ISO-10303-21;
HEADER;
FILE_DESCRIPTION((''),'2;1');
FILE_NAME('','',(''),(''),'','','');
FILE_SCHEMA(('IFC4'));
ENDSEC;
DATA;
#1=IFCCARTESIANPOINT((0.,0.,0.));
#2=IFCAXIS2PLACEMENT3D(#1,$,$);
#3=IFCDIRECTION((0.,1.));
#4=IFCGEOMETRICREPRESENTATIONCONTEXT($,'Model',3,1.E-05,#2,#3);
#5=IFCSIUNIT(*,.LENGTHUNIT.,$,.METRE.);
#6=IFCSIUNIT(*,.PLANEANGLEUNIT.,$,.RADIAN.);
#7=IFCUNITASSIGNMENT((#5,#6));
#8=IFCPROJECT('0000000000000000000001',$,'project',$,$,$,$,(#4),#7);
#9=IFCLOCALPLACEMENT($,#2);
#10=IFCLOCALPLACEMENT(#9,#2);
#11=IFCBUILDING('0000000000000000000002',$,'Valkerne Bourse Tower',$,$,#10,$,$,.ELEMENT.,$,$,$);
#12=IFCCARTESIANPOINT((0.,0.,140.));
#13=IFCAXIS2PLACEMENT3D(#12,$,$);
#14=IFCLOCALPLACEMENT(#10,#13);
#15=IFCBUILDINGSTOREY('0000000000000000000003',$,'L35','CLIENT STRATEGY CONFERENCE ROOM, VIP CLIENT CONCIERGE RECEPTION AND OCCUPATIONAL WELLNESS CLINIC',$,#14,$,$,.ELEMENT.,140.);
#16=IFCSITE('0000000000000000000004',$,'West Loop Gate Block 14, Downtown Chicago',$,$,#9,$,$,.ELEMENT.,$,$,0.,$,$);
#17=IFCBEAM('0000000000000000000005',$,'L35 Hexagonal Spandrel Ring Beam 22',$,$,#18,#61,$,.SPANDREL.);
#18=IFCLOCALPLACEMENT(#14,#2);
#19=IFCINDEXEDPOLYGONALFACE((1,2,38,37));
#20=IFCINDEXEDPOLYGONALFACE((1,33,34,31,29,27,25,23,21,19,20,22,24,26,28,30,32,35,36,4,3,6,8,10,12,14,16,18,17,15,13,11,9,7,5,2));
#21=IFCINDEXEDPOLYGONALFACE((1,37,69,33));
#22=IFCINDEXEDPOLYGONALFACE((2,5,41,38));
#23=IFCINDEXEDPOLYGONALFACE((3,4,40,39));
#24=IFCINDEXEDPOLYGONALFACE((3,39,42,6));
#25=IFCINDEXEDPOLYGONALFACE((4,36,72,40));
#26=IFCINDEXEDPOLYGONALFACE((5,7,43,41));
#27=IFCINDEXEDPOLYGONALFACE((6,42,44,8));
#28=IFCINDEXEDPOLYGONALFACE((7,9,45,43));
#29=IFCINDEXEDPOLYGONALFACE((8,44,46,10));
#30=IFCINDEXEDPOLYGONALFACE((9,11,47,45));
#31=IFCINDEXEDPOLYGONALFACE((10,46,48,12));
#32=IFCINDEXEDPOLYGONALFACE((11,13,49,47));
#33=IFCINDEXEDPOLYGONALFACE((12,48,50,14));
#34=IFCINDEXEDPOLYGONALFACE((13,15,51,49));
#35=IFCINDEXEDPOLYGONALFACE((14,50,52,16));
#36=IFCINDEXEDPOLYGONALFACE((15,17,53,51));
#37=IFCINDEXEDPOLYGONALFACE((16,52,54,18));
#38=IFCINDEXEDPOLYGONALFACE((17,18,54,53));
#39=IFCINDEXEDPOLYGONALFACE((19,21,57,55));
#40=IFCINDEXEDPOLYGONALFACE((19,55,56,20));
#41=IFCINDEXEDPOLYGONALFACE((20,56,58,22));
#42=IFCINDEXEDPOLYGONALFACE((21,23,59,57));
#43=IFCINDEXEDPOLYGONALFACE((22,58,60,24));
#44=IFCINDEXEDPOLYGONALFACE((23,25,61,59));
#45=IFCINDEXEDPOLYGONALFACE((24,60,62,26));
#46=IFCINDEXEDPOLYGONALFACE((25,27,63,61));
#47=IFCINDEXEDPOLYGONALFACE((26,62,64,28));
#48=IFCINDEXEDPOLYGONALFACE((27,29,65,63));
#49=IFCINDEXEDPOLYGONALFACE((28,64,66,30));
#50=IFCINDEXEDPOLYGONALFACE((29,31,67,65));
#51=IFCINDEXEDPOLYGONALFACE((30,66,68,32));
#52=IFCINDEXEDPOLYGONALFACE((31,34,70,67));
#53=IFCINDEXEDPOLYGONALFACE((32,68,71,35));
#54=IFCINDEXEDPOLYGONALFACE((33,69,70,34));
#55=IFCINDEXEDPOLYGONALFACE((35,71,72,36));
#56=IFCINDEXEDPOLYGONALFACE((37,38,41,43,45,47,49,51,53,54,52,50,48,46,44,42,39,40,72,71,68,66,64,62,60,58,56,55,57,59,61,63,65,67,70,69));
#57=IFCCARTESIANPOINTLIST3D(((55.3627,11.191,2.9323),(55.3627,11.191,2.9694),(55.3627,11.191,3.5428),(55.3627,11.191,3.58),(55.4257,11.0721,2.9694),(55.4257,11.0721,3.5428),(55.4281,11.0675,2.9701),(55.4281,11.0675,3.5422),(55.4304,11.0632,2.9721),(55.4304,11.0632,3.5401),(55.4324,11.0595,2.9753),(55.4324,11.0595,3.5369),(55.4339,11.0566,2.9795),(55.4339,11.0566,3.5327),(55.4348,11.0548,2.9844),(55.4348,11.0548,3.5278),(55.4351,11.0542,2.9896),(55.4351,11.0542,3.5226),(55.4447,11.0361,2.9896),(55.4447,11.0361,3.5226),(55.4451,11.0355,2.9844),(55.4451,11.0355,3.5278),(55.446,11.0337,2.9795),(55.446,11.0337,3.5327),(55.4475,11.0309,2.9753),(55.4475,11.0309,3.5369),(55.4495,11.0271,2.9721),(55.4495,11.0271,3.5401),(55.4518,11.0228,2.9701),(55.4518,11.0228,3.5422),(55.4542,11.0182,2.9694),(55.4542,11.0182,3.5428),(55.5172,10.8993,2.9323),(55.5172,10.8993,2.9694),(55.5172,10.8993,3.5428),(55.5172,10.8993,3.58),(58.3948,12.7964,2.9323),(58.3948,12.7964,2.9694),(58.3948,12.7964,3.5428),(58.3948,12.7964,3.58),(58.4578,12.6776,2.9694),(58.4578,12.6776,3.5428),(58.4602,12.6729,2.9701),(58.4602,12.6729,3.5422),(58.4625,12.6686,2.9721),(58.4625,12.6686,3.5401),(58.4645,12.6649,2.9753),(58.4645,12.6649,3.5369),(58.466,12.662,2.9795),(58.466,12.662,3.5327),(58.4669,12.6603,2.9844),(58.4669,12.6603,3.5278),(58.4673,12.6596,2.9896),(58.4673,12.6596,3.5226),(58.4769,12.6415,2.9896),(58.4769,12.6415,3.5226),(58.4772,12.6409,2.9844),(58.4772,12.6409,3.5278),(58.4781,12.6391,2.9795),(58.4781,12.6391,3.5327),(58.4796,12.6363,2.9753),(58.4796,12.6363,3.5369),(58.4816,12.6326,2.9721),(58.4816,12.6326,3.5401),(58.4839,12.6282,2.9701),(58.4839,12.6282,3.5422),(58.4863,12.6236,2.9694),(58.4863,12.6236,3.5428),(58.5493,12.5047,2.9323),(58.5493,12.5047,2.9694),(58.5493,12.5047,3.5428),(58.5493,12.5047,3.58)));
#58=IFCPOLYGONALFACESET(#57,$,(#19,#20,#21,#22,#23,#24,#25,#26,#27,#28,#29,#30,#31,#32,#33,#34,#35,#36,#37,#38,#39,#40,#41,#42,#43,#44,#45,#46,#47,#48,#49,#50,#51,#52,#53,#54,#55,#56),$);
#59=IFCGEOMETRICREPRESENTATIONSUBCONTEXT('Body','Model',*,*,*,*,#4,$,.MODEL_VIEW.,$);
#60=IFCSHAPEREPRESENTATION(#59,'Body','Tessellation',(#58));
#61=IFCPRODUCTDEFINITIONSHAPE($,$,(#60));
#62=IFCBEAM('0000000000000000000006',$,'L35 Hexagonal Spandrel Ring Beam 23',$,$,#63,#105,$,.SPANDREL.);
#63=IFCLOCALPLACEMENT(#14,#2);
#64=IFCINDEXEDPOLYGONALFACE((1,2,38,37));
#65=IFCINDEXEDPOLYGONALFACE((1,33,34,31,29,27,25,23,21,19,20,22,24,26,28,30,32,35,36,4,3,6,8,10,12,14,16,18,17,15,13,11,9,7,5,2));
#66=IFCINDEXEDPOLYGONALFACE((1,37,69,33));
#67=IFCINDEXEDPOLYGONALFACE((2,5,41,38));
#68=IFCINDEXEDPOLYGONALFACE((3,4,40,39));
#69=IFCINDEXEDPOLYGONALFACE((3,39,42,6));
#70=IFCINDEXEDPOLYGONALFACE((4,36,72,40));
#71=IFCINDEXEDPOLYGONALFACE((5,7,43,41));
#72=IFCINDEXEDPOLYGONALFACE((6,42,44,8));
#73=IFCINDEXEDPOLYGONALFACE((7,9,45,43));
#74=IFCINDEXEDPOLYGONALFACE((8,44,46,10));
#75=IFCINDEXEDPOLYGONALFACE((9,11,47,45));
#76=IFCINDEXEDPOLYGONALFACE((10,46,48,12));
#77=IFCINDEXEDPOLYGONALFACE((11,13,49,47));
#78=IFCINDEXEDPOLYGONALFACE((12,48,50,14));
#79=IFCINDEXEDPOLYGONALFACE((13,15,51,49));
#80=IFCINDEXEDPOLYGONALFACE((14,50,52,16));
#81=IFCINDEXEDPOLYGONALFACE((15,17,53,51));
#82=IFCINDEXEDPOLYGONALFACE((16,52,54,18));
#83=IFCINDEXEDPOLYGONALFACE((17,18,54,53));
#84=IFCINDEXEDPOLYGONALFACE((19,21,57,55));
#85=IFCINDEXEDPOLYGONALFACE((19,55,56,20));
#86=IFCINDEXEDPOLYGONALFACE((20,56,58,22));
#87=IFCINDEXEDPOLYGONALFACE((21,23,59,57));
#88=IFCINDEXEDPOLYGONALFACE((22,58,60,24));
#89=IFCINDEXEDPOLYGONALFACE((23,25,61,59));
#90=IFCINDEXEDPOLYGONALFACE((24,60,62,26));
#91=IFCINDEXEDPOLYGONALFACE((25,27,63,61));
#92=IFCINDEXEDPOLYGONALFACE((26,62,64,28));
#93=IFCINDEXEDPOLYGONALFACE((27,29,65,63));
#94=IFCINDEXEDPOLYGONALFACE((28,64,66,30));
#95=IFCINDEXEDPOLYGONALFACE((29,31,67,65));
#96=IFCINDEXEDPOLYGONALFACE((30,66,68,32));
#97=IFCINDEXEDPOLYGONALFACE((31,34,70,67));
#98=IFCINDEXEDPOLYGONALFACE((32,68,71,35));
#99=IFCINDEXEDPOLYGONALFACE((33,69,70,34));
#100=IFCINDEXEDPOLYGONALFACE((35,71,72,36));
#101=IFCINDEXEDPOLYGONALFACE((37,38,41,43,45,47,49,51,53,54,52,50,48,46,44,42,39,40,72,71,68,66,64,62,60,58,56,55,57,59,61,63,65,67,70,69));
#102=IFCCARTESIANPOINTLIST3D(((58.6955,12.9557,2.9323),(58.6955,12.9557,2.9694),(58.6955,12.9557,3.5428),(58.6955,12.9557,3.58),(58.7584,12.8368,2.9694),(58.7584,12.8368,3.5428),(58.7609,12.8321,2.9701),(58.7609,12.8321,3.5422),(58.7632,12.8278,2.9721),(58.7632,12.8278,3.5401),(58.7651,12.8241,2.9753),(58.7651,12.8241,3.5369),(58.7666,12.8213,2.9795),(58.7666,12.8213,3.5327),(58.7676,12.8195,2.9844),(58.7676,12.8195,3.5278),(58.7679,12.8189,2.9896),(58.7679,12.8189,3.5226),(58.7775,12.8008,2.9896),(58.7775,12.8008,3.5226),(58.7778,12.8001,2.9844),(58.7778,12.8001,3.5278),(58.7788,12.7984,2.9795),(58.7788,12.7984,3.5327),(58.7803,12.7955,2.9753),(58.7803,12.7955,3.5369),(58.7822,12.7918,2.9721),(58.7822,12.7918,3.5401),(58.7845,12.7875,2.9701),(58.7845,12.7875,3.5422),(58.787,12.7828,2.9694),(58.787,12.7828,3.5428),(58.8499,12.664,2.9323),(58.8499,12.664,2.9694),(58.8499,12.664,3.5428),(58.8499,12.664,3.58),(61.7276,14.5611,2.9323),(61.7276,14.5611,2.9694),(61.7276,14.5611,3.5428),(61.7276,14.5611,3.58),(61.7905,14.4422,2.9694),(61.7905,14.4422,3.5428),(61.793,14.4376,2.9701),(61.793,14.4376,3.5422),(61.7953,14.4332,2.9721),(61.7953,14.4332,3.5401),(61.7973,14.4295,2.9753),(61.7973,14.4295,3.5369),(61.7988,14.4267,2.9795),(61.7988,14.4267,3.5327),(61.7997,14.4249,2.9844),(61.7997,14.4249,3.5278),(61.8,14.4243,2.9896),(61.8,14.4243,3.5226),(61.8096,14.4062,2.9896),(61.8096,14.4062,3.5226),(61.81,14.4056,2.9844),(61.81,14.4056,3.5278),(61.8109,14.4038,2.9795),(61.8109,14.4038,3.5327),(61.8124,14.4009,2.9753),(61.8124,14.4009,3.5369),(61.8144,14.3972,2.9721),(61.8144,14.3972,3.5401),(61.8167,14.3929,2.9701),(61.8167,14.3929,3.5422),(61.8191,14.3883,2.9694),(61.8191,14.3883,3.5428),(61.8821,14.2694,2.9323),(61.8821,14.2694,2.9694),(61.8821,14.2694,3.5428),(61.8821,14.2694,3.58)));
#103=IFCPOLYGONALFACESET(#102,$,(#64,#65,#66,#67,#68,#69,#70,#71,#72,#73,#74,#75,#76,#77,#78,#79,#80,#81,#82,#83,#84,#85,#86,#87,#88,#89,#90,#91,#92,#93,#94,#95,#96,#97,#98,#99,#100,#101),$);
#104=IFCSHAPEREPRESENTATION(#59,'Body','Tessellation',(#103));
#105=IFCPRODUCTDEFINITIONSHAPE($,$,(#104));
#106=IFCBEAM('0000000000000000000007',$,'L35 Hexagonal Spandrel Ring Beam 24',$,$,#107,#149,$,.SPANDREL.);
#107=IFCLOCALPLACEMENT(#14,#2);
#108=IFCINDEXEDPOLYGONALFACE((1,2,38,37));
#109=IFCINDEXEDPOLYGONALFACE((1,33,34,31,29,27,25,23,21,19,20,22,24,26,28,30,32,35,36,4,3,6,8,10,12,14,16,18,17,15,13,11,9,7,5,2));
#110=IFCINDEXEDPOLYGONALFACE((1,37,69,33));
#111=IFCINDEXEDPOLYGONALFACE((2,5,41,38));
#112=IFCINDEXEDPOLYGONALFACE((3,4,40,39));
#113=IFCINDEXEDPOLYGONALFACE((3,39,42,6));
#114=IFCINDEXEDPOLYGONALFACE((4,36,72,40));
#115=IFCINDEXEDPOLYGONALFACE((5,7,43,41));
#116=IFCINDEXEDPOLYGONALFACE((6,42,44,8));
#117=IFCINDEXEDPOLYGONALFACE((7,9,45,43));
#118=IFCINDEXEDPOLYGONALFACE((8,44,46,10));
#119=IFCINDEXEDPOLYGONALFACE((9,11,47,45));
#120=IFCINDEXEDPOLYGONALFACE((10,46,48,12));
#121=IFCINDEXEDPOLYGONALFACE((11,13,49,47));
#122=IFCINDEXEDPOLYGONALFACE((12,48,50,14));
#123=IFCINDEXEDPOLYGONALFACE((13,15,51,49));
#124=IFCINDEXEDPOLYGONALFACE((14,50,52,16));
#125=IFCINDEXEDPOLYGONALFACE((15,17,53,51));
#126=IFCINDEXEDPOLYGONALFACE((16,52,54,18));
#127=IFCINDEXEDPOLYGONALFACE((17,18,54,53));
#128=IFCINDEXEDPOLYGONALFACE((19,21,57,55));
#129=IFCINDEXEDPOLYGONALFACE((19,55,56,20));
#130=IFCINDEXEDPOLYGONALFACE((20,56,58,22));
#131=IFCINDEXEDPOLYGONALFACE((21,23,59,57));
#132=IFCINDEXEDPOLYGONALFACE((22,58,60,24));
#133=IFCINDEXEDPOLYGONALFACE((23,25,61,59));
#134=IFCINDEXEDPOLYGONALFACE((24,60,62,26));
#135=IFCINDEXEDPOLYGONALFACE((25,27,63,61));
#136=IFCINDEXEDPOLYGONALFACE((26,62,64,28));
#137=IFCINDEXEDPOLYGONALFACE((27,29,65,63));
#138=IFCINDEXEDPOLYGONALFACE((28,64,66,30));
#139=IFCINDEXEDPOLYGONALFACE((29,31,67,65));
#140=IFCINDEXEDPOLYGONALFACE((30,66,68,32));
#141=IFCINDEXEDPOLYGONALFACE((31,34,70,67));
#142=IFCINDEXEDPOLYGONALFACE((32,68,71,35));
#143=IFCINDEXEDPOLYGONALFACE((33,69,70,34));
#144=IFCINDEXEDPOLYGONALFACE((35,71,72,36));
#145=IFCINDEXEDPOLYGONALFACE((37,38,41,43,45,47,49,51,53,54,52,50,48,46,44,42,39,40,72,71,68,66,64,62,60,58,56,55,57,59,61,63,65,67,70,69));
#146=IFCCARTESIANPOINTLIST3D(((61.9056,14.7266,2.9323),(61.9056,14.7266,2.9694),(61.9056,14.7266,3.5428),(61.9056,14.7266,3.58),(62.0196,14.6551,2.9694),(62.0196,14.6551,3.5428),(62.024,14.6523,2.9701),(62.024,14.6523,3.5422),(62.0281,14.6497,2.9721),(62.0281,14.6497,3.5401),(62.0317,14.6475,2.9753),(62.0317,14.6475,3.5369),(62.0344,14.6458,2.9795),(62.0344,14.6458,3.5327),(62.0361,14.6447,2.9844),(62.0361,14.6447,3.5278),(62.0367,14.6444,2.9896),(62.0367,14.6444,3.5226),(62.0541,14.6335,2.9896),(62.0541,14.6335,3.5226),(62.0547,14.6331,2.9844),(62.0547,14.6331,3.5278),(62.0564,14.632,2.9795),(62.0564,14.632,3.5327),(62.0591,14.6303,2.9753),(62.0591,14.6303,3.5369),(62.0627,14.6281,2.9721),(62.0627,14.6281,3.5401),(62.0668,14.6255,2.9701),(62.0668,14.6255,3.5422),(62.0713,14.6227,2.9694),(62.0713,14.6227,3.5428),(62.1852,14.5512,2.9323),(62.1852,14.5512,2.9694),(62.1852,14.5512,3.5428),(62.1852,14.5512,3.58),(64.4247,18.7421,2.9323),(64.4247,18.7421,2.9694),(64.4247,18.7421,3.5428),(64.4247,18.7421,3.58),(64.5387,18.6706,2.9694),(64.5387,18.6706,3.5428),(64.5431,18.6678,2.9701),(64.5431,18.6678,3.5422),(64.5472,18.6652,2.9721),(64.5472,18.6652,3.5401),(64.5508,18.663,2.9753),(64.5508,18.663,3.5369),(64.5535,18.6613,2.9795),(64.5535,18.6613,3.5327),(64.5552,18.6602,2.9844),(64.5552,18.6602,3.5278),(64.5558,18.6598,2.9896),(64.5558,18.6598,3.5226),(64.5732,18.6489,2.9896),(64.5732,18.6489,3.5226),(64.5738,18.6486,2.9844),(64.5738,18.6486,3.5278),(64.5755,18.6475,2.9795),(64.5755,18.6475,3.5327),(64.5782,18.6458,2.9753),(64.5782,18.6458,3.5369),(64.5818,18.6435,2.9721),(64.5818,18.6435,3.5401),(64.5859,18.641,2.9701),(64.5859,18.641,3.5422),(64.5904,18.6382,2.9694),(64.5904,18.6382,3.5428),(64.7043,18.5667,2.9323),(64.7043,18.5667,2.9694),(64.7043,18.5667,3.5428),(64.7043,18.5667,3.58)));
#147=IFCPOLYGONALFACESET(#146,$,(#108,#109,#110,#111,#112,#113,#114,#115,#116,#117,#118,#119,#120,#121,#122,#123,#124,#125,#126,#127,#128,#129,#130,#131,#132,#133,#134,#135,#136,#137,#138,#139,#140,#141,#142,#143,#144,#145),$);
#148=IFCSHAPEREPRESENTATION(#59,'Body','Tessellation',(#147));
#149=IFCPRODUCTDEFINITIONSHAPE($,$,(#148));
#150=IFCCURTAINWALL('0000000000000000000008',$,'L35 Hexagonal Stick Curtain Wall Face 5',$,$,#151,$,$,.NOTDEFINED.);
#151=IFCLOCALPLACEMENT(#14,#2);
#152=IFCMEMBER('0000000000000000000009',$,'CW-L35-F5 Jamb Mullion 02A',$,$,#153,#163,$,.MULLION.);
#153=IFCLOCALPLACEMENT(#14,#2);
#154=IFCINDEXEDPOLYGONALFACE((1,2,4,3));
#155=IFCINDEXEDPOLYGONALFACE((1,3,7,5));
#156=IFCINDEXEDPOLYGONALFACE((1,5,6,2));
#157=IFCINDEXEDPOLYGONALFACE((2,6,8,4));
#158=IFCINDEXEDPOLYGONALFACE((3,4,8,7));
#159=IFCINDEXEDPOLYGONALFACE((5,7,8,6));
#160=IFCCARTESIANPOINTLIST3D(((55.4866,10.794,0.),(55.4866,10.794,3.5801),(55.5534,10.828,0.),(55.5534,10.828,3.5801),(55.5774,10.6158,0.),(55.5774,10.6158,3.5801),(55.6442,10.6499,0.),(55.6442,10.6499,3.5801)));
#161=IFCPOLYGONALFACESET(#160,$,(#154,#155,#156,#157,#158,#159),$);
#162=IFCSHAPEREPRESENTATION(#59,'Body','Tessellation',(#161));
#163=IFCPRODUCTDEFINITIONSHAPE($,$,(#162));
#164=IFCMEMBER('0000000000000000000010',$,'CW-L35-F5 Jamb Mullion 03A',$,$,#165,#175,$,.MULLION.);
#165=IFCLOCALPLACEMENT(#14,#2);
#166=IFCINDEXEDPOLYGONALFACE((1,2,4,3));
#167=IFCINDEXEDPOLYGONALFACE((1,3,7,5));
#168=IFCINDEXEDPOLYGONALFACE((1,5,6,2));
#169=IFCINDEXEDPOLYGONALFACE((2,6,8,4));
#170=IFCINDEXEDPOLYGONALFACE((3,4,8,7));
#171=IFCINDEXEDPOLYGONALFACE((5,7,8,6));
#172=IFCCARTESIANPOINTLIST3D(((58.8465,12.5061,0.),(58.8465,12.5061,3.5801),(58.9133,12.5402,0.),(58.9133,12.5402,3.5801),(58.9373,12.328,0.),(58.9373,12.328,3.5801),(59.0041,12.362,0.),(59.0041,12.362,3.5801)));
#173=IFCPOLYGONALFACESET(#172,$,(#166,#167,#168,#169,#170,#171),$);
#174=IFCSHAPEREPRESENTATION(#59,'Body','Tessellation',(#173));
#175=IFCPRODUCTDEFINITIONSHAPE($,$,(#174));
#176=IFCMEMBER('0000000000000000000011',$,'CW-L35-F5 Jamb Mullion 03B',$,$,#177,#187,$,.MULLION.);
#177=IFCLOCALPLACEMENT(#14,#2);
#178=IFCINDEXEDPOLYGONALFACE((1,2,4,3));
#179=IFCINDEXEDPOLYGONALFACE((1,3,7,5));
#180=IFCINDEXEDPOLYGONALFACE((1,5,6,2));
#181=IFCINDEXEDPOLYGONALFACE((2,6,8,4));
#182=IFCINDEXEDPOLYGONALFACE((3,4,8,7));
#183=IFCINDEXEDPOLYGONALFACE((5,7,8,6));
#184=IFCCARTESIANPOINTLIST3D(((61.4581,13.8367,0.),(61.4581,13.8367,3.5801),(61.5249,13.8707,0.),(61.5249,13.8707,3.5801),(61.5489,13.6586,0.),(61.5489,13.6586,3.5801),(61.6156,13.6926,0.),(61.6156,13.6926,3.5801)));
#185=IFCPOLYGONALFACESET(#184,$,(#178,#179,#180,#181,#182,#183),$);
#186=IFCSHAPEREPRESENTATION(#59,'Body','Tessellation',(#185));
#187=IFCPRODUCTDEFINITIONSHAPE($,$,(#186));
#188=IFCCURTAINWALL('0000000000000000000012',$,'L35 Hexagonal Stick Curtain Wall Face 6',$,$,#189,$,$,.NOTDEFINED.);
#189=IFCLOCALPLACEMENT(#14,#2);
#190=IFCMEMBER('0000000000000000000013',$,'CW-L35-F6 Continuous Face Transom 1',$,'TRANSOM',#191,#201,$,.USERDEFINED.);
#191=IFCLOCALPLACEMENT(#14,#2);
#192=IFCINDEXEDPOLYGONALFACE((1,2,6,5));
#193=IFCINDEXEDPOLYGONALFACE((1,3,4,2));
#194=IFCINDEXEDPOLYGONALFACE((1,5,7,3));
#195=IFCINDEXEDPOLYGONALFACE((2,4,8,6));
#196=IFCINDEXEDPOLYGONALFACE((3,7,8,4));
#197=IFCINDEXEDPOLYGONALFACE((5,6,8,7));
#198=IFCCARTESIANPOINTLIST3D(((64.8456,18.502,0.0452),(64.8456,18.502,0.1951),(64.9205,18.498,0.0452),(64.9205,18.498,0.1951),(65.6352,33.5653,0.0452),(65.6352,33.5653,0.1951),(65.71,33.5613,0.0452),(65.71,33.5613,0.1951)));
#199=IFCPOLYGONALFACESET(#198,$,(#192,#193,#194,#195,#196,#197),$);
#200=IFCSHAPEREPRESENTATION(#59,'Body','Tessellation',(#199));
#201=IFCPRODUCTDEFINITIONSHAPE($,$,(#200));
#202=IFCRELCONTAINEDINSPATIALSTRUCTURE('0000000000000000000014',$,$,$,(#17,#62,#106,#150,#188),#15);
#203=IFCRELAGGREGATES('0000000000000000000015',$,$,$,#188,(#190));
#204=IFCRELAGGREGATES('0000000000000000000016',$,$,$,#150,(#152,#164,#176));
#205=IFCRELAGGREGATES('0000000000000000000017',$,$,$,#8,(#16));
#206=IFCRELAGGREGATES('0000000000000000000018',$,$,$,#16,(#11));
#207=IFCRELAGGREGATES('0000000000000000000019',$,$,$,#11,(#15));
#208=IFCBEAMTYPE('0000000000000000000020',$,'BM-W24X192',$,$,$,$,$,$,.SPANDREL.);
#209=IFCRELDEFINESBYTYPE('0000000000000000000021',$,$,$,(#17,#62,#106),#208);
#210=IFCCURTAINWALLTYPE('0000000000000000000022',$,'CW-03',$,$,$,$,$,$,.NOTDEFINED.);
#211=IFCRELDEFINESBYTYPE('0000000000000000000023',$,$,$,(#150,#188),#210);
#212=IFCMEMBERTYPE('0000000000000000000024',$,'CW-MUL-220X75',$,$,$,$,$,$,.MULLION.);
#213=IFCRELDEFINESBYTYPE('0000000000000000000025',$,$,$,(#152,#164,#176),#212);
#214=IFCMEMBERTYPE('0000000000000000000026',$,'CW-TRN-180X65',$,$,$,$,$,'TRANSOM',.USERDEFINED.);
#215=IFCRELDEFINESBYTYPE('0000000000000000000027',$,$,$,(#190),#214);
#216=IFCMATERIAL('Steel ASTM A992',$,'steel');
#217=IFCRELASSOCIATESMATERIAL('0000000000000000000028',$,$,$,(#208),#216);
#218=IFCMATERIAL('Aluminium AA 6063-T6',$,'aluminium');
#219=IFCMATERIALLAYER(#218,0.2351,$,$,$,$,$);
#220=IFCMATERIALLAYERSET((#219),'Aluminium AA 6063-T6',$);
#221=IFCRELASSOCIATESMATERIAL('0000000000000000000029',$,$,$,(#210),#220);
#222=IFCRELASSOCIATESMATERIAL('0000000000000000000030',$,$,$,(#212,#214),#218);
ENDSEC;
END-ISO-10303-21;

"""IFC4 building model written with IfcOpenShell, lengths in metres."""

from ifc_helpers import new_model, si_unit, direction, frame, origin, origin_2d, place, context, subcontext, project, spatial, rectangle, i_section, extrude, material, layer, layer_set, material_profile, profile_set, type_object, element, aggregate, save


model = new_model("IFC4")

# Units and contexts
model_context = context("Model", 3, precision=1e-05, world=origin(), true_north=direction((0.0, 1.0)))
body_context = subcontext(model_context, "Body", "Model", "MODEL_VIEW")
ifc_project = project(units=[si_unit("LENGTHUNIT", "METRE"), si_unit("PLANEANGLEUNIT", "RADIAN")], contexts=[model_context])

# Site, building, storey
site_placement = place(None, origin())
site = spatial("IfcSite", under=ifc_project, at=site_placement, Name="West Loop Gate Block 14, Downtown Chicago", CompositionType="ELEMENT", RefElevation=0.0)
building_placement = place(site_placement, origin())
building = spatial("IfcBuilding", under=site, at=building_placement, Name="Valkerne Bourse Tower", CompositionType="ELEMENT")
storey_placement = place(building_placement, frame((0.0, 0.0, 140.0)))
storey = spatial("IfcBuildingStorey", under=building, at=storey_placement, Name="L35", Description="CLIENT STRATEGY CONFERENCE ROOM, VIP CLIENT CONCIERGE RECEPTION AND OCCUPATIONAL WELLNESS CLINIC", CompositionType="ELEMENT", Elevation=140.0)

# Beams
ifc_material_1 = material(Name="Steel ASTM A992", Category="steel")
ifc_material_profile_1 = material_profile(ifc_material_1, i_section(OverallWidth=0.3301, OverallDepth=0.6477, WebThickness=0.0205, FlangeThickness=0.0371, FilletRadius=0.0203, at=origin_2d()), Name="W24X192")
ifc_profile_set_1 = profile_set([ifc_material_profile_1], Name="Steel ASTM A992")
beam_type = type_object("IfcBeamType", Name="BM-W24X192", PredefinedType="SPANDREL", material=ifc_profile_set_1)
for number, where, z_axis, x_axis, name in (
    (1, (55.4399, 11.0452, 3.2561), (0.883767, 0.467927, 0.0), (-0.467927, 0.883767, 0.0), "L35 Hexagonal Spandrel Ring Beam 22"),
    (2, (58.7727, 12.8098, 3.2561), (0.883767, 0.467927, 0.0), (-0.467927, 0.883767, 0.0), "L35 Hexagonal Spandrel Ring Beam 23"),
):
    element("IfcBeam", number, at=place(storey_placement, frame(where, z_axis=z_axis, x_axis=x_axis)), inside=storey, type_object=beam_type, Name=name, PredefinedType="SPANDREL", context=body_context, shape_type="SweptSolid", body=[
        extrude(i_section(OverallWidth=0.3301, OverallDepth=0.6477, WebThickness=0.0205, FlangeThickness=0.0371, FilletRadius=0.0203, at=origin_2d()), origin(), (0.0, 0.0, 1.0), 3.4309),
    ])
beam_placement = place(storey_placement, frame((62.0454, 14.6389, 3.2561), z_axis=(0.531429, 0.847103, 0.0), x_axis=(-0.847103, 0.531429, 0.0)))
element("IfcBeam", 3, at=beam_placement, inside=storey, type_object=beam_type, Name="L35 Hexagonal Spandrel Ring Beam 24", PredefinedType="SPANDREL", context=body_context, shape_type="SweptSolid", body=[
    extrude(i_section(OverallWidth=0.3301, OverallDepth=0.6477, WebThickness=0.0205, FlangeThickness=0.0371, FilletRadius=0.0203, at=origin_2d()), origin(), (0.0, 0.0, 1.0), 4.7402),
])

# Curtain walls, members
ifc_material_2 = material(Name="Aluminium AA 6063-T6", Category="aluminium")
ifc_layer_1 = layer(ifc_material_2, 0.2351)
ifc_layer_set_1 = layer_set([ifc_layer_1], Name="Aluminium AA 6063-T6")
curtain_wall_type = type_object("IfcCurtainWallType", Name="CW-03", PredefinedType="NOTDEFINED", material=ifc_layer_set_1)
curtain_wall_1_placement = place(storey_placement, origin())
curtain_wall_1 = element("IfcCurtainWall", 4, at=curtain_wall_1_placement, inside=storey, type_object=curtain_wall_type, Name="L35 Hexagonal Stick Curtain Wall Face 5", PredefinedType="NOTDEFINED")
ifc_material_profile_2 = material_profile(ifc_material_2, rectangle(XDim=0.075, YDim=0.2, at=origin_2d()), Name="CWM-75X200")
ifc_profile_set_2 = profile_set([ifc_material_profile_2], Name="Aluminium AA 6063-T6")
member_type_1 = type_object("IfcMemberType", Name="CW-MUL-220X75", PredefinedType="MULLION", material=ifc_profile_set_2)
member_1_placement = place(storey_placement, frame((55.5654, 10.7219, 0.0), z_axis=(0.0, 0.0, 1.0), x_axis=(0.891002, 0.454, 0.0)))
member_1 = element("IfcMember", 5, at=member_1_placement, type_object=member_type_1, Name="CW-L35-F5 Jamb Mullion 02A", PredefinedType="MULLION", context=body_context, shape_type="SweptSolid", body=[
    extrude(rectangle(XDim=0.075, YDim=0.2, at=origin_2d()), origin(), (0.0, 0.0, 1.0), 3.5801),
])
member_2_placement = place(storey_placement, frame((58.9253, 12.4341, 0.0), z_axis=(0.0, 0.0, 1.0), x_axis=(0.891007, 0.453989, 0.0)))
member_2 = element("IfcMember", 6, at=member_2_placement, type_object=member_type_1, Name="CW-L35-F5 Jamb Mullion 03A", PredefinedType="MULLION", context=body_context, shape_type="SweptSolid", body=[
    extrude(rectangle(XDim=0.075, YDim=0.2, at=origin_2d()), origin(), (0.0, 0.0, 1.0), 3.5801),
])
member_3_placement = place(storey_placement, frame((61.5369, 13.7646, 0.0), z_axis=(0.0, 0.0, 1.0), x_axis=(0.891007, 0.453989, 0.0)))
member_3 = element("IfcMember", 7, at=member_3_placement, type_object=member_type_1, Name="CW-L35-F5 Jamb Mullion 03B", PredefinedType="MULLION", context=body_context, shape_type="SweptSolid", body=[
    extrude(rectangle(XDim=0.075, YDim=0.2, at=origin_2d()), origin(), (0.0, 0.0, 1.0), 3.5801),
])
curtain_wall_2_placement = place(storey_placement, origin())
curtain_wall_2 = element("IfcCurtainWall", 8, at=curtain_wall_2_placement, inside=storey, type_object=curtain_wall_type, Name="L35 Hexagonal Stick Curtain Wall Face 6", PredefinedType="NOTDEFINED")
ifc_material_profile_3 = material_profile(ifc_material_2, rectangle(XDim=0.075, YDim=0.1499, at=origin_2d()), Name="CWT-75X150")
ifc_profile_set_3 = profile_set([ifc_material_profile_3], Name="Aluminium AA 6063-T6")
member_type_2 = type_object("IfcMemberType", Name="CW-TRN-180X65", ElementType="TRANSOM", PredefinedType="USERDEFINED", material=ifc_profile_set_3)
member_4_placement = place(storey_placement, frame((64.8831, 18.5, 0.1201), z_axis=(0.052344, 0.998629, 0.0), x_axis=(-0.998629, 0.052344, 0.0)))
member_4 = element("IfcMember", 9, at=member_4_placement, type_object=member_type_2, Name="CW-L35-F6 Continuous Face Transom 1", ObjectType="TRANSOM", PredefinedType="USERDEFINED", context=body_context, shape_type="SweptSolid", body=[
    extrude(rectangle(XDim=0.075, YDim=0.1499, at=origin_2d()), origin(), (0.0, 0.0, 1.0), 15.084),
])
aggregate(curtain_wall_2, [member_4])

aggregate(curtain_wall_1, [member_1, member_2, member_3])

save(model, "model.ifc")
